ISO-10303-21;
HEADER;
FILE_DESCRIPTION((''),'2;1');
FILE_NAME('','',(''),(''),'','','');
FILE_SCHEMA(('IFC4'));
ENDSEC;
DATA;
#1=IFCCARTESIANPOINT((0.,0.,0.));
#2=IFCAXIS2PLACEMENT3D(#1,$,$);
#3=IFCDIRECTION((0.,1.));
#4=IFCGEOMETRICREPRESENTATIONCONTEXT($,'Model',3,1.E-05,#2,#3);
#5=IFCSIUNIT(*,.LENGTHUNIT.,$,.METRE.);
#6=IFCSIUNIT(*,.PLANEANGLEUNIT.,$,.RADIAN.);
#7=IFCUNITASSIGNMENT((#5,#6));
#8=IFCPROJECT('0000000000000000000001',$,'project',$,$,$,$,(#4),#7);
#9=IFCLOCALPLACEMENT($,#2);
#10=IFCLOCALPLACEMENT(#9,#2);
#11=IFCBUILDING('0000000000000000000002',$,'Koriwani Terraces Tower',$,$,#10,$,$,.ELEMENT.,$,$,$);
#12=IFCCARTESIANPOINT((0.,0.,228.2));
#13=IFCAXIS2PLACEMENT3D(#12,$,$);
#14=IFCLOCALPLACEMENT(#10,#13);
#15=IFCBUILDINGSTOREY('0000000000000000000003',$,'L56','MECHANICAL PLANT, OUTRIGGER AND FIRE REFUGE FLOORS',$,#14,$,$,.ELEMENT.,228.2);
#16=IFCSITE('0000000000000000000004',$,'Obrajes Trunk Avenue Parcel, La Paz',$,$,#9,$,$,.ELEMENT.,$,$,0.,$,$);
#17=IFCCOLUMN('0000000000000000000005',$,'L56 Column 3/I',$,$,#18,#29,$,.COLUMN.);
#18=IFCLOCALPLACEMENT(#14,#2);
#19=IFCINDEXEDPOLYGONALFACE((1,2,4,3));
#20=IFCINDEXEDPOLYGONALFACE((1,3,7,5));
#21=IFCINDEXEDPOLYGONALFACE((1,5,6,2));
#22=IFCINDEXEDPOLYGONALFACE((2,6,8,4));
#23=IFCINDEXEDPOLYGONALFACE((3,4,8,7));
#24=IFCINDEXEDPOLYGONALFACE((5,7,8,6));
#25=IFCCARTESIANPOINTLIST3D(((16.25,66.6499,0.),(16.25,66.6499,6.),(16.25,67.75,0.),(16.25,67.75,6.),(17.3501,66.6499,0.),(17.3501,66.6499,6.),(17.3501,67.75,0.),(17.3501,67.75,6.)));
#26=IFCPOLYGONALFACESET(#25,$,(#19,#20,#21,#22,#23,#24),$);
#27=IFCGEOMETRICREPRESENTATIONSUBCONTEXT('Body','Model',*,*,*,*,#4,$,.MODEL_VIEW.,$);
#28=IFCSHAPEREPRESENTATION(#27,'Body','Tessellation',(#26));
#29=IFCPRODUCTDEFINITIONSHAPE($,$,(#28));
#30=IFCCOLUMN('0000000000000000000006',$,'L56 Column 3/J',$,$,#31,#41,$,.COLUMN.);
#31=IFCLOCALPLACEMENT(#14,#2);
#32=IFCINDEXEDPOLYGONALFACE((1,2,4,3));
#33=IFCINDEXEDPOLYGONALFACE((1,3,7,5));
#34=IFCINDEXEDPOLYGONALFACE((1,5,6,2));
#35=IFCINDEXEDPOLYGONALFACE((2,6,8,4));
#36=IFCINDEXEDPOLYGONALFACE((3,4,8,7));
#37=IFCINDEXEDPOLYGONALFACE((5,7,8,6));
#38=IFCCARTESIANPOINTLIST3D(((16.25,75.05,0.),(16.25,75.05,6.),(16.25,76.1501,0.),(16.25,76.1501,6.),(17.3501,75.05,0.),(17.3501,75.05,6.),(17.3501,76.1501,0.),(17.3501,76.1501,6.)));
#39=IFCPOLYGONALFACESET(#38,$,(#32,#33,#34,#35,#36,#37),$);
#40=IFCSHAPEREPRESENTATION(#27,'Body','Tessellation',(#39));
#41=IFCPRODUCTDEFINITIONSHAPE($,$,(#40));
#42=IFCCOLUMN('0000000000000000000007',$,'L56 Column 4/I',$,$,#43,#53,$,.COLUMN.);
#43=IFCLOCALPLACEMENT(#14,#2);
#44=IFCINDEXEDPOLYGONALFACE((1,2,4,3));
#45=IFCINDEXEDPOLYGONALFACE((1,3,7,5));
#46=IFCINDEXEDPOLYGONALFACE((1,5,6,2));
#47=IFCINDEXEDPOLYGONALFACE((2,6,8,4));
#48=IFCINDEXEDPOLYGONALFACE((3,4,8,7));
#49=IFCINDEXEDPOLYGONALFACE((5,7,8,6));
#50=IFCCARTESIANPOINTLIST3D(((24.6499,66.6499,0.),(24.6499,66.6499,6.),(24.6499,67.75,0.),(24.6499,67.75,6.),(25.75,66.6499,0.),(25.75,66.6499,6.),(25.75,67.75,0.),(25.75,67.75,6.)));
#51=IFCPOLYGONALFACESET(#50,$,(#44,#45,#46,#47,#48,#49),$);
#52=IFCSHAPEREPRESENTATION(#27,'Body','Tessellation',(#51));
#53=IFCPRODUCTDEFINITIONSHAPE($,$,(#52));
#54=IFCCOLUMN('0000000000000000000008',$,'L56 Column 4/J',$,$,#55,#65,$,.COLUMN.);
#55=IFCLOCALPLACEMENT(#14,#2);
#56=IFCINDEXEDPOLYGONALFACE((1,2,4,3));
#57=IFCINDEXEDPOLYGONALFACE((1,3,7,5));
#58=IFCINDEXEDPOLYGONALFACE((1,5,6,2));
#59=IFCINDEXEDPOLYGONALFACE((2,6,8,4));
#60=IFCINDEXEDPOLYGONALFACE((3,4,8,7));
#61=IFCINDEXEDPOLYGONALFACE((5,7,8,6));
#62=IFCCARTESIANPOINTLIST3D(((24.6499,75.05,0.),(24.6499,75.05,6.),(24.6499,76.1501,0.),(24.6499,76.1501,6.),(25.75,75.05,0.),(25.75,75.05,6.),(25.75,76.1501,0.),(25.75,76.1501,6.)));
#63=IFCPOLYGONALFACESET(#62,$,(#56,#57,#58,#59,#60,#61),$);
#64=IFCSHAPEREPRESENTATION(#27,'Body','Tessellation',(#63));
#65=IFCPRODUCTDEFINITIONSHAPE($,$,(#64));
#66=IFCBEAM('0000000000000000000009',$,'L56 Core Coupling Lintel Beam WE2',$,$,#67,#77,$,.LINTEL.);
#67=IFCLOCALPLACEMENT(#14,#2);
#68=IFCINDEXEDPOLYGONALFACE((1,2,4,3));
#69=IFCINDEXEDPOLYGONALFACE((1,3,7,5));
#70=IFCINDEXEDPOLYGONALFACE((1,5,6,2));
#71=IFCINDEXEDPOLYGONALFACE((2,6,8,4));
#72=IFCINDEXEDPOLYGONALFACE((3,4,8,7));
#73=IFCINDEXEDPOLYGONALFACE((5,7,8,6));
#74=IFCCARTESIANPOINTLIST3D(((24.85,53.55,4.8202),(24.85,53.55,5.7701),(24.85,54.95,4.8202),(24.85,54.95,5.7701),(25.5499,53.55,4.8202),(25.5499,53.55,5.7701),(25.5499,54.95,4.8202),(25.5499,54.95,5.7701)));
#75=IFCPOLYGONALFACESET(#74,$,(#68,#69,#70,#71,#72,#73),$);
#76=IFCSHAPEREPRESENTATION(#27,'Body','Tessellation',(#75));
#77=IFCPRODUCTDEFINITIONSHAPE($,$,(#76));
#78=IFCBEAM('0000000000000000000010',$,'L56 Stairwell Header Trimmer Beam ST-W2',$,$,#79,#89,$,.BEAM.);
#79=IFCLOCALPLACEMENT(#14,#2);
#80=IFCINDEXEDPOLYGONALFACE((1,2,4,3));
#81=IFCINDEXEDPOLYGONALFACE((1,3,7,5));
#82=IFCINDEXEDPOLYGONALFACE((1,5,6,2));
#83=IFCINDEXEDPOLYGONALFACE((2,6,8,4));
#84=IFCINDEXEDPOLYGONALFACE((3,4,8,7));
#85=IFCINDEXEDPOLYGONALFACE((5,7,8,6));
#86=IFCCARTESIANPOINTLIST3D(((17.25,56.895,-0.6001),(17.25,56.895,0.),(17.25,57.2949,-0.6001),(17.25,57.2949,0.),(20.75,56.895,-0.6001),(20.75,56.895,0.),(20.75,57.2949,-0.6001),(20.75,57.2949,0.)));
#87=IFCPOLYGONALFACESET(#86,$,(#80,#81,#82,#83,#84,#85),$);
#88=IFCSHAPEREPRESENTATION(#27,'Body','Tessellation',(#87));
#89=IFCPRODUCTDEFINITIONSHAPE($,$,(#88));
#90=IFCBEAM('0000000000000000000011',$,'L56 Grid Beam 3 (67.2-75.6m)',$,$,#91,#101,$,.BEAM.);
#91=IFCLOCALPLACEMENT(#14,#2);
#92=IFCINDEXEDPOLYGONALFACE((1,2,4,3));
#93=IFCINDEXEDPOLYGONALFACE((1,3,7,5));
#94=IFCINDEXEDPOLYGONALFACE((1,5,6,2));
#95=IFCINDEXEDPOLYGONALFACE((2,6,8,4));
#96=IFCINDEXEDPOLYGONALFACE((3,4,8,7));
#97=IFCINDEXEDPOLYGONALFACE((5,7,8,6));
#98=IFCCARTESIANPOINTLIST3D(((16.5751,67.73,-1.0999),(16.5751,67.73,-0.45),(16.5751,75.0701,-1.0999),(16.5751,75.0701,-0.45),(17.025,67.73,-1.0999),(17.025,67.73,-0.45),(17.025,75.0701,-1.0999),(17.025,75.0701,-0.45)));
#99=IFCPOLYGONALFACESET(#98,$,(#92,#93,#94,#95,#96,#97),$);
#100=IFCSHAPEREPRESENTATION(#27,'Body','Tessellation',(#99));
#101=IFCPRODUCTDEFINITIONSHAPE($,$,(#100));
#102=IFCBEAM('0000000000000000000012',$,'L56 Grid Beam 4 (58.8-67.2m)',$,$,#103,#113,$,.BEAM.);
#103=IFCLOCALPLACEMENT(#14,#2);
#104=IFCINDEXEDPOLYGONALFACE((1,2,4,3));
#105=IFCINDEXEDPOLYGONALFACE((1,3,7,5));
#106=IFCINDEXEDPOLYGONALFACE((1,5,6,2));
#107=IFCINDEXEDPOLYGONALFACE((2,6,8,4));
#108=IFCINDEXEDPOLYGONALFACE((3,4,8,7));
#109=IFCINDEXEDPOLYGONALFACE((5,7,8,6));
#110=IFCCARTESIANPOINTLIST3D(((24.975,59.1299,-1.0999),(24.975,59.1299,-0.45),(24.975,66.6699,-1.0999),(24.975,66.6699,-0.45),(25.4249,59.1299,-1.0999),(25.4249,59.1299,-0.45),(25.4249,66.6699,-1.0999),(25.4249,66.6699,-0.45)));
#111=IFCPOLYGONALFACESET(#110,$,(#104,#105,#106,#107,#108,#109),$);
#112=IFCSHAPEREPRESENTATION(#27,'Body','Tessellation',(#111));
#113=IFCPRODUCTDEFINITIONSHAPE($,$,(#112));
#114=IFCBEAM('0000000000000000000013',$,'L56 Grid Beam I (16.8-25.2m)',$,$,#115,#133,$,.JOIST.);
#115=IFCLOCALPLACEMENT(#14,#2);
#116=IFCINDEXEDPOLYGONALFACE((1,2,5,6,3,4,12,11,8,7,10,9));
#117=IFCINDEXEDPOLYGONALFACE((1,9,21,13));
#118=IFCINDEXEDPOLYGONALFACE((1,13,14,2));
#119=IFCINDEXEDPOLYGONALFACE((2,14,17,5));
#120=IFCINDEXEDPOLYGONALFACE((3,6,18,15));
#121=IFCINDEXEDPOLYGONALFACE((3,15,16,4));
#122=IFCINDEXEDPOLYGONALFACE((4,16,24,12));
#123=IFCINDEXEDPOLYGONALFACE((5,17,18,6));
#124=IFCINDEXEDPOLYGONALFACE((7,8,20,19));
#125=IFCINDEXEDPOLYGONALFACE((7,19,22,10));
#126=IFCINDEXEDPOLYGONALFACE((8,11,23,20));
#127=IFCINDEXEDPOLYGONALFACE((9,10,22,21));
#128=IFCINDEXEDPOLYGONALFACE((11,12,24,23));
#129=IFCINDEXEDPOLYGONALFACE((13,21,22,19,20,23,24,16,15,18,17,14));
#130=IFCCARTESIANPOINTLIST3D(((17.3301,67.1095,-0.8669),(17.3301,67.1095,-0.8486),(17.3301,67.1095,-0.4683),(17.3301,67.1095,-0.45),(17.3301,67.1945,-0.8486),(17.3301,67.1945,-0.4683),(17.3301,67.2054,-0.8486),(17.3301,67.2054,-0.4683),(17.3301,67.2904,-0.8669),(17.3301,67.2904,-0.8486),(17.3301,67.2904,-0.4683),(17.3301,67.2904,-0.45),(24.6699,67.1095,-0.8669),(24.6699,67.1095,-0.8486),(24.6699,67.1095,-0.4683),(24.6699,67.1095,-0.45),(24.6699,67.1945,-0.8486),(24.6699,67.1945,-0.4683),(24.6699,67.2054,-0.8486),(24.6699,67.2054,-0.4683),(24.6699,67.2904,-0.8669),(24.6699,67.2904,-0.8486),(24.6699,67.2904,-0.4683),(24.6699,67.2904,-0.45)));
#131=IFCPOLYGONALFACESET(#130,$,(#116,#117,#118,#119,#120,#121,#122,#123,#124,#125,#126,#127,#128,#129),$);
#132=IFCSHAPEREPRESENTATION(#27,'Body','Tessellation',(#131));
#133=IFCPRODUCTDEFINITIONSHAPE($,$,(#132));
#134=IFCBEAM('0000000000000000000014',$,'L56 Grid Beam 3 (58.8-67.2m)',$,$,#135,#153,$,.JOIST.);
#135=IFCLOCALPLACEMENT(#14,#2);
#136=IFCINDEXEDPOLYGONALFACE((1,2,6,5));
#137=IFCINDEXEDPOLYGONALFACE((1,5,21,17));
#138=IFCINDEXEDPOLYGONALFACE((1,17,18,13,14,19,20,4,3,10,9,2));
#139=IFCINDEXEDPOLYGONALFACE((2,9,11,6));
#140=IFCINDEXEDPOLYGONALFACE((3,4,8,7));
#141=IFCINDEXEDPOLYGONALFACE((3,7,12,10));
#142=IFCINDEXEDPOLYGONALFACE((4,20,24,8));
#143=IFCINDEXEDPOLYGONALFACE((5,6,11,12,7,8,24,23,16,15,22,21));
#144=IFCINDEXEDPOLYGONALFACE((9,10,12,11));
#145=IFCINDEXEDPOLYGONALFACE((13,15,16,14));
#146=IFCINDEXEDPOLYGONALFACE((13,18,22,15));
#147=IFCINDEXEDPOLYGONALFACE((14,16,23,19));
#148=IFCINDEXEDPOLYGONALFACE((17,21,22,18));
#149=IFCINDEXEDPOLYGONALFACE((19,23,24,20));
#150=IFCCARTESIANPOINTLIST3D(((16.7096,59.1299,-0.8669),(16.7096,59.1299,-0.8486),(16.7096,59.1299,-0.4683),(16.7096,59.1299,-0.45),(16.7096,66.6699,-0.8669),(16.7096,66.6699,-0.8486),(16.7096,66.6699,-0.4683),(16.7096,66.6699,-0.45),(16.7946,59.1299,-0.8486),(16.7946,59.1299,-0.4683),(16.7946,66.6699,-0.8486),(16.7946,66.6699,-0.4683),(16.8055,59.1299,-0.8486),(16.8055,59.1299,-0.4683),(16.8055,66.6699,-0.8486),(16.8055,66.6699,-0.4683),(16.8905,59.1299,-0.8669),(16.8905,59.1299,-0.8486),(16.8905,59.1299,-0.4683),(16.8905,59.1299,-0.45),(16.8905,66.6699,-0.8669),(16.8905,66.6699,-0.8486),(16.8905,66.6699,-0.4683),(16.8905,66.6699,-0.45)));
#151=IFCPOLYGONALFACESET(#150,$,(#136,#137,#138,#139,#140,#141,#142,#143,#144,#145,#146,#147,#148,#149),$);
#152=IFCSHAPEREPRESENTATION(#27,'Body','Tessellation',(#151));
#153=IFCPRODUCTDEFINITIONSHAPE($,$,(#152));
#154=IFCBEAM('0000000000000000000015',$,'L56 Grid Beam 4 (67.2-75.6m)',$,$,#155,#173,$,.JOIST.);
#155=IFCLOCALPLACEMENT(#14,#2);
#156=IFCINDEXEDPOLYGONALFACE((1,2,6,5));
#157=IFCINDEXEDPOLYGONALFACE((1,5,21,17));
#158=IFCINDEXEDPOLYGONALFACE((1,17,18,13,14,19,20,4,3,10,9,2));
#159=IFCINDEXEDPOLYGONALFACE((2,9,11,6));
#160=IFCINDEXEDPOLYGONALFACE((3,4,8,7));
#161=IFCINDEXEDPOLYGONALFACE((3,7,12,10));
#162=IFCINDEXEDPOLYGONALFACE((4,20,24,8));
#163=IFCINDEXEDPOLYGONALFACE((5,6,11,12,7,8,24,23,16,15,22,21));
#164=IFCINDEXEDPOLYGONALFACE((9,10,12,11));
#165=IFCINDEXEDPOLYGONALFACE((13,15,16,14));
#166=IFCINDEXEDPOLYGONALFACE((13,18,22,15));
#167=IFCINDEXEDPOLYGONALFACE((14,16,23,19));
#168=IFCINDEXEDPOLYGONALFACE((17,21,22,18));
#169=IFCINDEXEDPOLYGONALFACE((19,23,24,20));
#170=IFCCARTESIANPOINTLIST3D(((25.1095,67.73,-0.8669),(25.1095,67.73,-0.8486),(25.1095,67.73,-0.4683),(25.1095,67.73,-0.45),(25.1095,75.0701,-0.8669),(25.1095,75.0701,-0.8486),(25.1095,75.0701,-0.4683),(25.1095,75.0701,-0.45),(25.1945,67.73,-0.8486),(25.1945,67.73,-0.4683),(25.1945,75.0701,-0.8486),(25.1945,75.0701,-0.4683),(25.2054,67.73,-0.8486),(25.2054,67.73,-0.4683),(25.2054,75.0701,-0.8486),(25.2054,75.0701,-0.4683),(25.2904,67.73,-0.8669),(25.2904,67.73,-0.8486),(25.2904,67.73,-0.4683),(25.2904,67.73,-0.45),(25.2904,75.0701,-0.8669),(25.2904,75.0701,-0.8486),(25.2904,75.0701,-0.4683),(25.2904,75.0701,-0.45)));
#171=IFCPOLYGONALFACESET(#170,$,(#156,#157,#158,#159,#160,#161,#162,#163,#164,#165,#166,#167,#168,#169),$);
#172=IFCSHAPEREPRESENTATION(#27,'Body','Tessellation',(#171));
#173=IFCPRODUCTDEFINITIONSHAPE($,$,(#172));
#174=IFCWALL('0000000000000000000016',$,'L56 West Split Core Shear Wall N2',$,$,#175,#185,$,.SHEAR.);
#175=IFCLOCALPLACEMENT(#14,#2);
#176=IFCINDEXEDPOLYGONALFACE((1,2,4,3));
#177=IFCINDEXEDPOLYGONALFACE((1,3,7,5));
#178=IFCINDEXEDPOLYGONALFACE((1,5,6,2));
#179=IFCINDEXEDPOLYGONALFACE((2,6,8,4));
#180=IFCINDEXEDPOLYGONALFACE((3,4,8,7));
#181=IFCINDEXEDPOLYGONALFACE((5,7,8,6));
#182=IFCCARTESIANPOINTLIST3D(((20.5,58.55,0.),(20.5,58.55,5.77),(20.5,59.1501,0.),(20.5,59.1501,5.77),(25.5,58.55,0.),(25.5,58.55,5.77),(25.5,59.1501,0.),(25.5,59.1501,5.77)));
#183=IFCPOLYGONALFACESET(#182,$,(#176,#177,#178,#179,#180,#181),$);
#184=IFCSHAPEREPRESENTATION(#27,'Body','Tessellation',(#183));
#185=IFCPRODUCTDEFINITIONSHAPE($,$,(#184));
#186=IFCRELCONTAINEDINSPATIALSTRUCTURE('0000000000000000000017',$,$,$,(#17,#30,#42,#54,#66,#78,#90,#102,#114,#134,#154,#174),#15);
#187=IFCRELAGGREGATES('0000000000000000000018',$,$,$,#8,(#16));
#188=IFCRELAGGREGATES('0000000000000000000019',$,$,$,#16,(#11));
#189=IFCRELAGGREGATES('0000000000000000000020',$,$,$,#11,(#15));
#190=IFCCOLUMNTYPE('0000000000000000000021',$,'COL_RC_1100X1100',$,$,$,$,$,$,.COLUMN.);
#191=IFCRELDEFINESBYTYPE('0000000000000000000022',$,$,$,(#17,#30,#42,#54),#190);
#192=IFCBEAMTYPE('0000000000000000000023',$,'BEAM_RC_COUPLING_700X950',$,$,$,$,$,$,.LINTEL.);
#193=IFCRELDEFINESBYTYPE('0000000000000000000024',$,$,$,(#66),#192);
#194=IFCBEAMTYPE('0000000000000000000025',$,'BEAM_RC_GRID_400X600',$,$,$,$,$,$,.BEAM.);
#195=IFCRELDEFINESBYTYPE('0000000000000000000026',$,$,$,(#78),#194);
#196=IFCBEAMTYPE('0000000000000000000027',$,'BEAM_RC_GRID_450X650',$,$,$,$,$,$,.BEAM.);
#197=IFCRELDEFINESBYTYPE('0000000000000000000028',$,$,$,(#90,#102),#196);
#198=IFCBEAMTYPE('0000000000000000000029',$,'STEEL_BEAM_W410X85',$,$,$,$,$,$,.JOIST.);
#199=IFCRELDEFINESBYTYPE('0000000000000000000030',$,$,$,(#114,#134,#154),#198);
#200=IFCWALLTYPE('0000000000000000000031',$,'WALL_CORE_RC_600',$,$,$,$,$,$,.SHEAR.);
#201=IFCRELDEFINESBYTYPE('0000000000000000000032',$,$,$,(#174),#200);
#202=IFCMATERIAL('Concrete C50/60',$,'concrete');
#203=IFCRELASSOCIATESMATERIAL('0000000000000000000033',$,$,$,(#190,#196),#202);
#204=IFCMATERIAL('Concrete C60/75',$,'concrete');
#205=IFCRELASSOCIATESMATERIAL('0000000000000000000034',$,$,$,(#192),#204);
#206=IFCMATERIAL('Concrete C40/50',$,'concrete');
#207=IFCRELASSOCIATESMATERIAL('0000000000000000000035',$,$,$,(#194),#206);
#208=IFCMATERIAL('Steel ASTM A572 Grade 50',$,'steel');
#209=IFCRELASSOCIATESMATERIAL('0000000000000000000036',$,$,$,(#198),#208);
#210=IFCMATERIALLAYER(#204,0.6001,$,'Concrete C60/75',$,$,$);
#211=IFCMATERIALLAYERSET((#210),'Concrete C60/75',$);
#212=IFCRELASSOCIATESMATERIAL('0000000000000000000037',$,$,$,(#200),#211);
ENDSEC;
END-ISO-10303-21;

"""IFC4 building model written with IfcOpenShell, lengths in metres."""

from ifc_helpers import new_model, si_unit, direction, frame, frame_2d, origin, origin_2d, place, context, subcontext, project, spatial, rectangle, i_section, extrude, material, layer, layer_set, material_profile, profile_set, type_object, element, save


model = new_model("IFC4")

# Units and contexts
model_context = context("Model", 3, precision=1e-05, world=origin(), true_north=direction((0.0, 1.0)))
body_context = subcontext(model_context, "Body", "Model", "MODEL_VIEW")
ifc_project = project(units=[si_unit("LENGTHUNIT", "METRE"), si_unit("PLANEANGLEUNIT", "RADIAN")], contexts=[model_context])

# Site, building, storey
site_placement = place(None, origin())
site = spatial("IfcSite", under=ifc_project, at=site_placement, Name="Obrajes Trunk Avenue Parcel, La Paz", CompositionType="ELEMENT", RefElevation=0.0)
building_placement = place(site_placement, origin())
building = spatial("IfcBuilding", under=site, at=building_placement, Name="Koriwani Terraces Tower", CompositionType="ELEMENT")
storey_placement = place(building_placement, frame((0.0, 0.0, 228.2)))
storey = spatial("IfcBuildingStorey", under=building, at=storey_placement, Name="L56", Description="MECHANICAL PLANT, OUTRIGGER AND FIRE REFUGE FLOORS", CompositionType="ELEMENT", Elevation=228.2)

# Columns
ifc_material_1 = material(Name="Concrete C50/60", Category="concrete")
ifc_material_profile_1 = material_profile(ifc_material_1, rectangle(XDim=1.1001, YDim=1.1001, at=origin_2d()), Name="Concrete C50/60", Category="LoadBearing")
ifc_profile_set_1 = profile_set([ifc_material_profile_1], Name="Concrete C50/60")
column_type = type_object("IfcColumnType", Name="COL_RC_1100X1100", PredefinedType="COLUMN", material=ifc_profile_set_1)
for number, where, z_axis, x_axis, name in (
    (1, (16.8, 67.2, 0.0), (0.0, 0.0, 1.0), (1.0, 0.0, 0.0), "L56 Column 3/I"),
    (2, (16.8, 75.6001, 0.0), (0.0, 0.0, 1.0), (1.0, 0.0, 0.0), "L56 Column 3/J"),
    (3, (25.2, 67.2, 0.0), (0.0, 0.0, 1.0), (1.0, 0.0, 0.0), "L56 Column 4/I"),
    (4, (25.2, 75.6001, 0.0), (0.0, 0.0, 1.0), (1.0, 0.0, 0.0), "L56 Column 4/J"),
):
    element("IfcColumn", number, at=place(storey_placement, frame(where, z_axis=z_axis, x_axis=x_axis)), inside=storey, type_object=column_type, Name=name, PredefinedType="COLUMN", context=body_context, shape_type="SweptSolid", body=[
        extrude(rectangle(XDim=1.1001, YDim=1.1001, at=origin_2d()), origin(), (0.0, 0.0, 1.0), 6.0),
    ])

# Beams
ifc_material_2 = material(Name="Concrete C60/75", Category="concrete")
ifc_material_profile_2 = material_profile(ifc_material_2, rectangle(XDim=0.7, YDim=0.95, at=origin_2d()), Name="Concrete C60/75", Category="LoadBearing")
ifc_profile_set_2 = profile_set([ifc_material_profile_2], Name="Concrete C60/75")
beam_type_1 = type_object("IfcBeamType", Name="BEAM_RC_COUPLING_700X950", PredefinedType="LINTEL", material=ifc_profile_set_2)
beam_1_placement = place(storey_placement, frame((25.2, 53.55, 5.2952), z_axis=(0.0, 1.0, 0.0), x_axis=(-1.0, 0.0, 0.0)))
element("IfcBeam", 5, at=beam_1_placement, inside=storey, type_object=beam_type_1, Name="L56 Core Coupling Lintel Beam WE2", PredefinedType="LINTEL", context=body_context, shape_type="SweptSolid", body=[
    extrude(rectangle(XDim=0.7, YDim=0.95, at=origin_2d()), origin(), (0.0, 0.0, 1.0), 1.3999),
])
ifc_material_3 = material(Name="Concrete C40/50", Category="concrete")
ifc_material_profile_3 = material_profile(ifc_material_3, rectangle(XDim=0.3999, YDim=0.6001, at=origin_2d()), Name="Concrete C40/50", Category="LoadBearing")
ifc_profile_set_3 = profile_set([ifc_material_profile_3], Name="Concrete C40/50")
beam_type_2 = type_object("IfcBeamType", Name="BEAM_RC_GRID_400X600", PredefinedType="BEAM", material=ifc_profile_set_3)
beam_2_placement = place(storey_placement, frame((17.25, 57.095, -0.3), z_axis=(1.0, 0.0, 0.0), x_axis=(0.0, 1.0, 0.0)))
element("IfcBeam", 6, at=beam_2_placement, inside=storey, type_object=beam_type_2, Name="L56 Stairwell Header Trimmer Beam ST-W2", PredefinedType="BEAM", context=body_context, shape_type="SweptSolid", body=[
    extrude(rectangle(XDim=0.3999, YDim=0.6001, at=origin_2d()), origin(), (0.0, 0.0, 1.0), 3.5),
])
ifc_material_profile_4 = material_profile(ifc_material_1, rectangle(XDim=0.45, YDim=0.6499, at=origin_2d()), Name="Concrete C50/60", Category="LoadBearing")
ifc_profile_set_4 = profile_set([ifc_material_profile_4], Name="Concrete C50/60")
beam_type_3 = type_object("IfcBeamType", Name="BEAM_RC_GRID_450X650", PredefinedType="BEAM", material=ifc_profile_set_4)
beam_3_placement = place(storey_placement, frame((16.8, 67.73, -0.7749), z_axis=(0.0, 1.0, 0.0), x_axis=(-1.0, 0.0, 0.0)))
element("IfcBeam", 7, at=beam_3_placement, inside=storey, type_object=beam_type_3, Name="L56 Grid Beam 3 (67.2-75.6m)", PredefinedType="BEAM", context=body_context, shape_type="SweptSolid", body=[
    extrude(rectangle(XDim=0.45, YDim=0.6499, at=origin_2d()), origin(), (0.0, 0.0, 1.0), 7.3401),
])
beam_4_placement = place(storey_placement, frame((25.2, 59.1299, -0.7749), z_axis=(0.0, 1.0, 0.0), x_axis=(-1.0, 0.0, 0.0)))
element("IfcBeam", 8, at=beam_4_placement, inside=storey, type_object=beam_type_3, Name="L56 Grid Beam 4 (58.8-67.2m)", PredefinedType="BEAM", context=body_context, shape_type="SweptSolid", body=[
    extrude(rectangle(XDim=0.45, YDim=0.6499, at=origin_2d()), origin(), (0.0, 0.0, 1.0), 7.54),
])
ifc_material_4 = material(Name="Steel ASTM A572 Grade 50", Category="steel")
ifc_material_profile_5 = material_profile(ifc_material_4, i_section(OverallWidth=0.1809, OverallDepth=0.417, WebThickness=0.011, FlangeThickness=0.0183, at=origin_2d()), Name="Steel ASTM A572 Grade 50", Category="LoadBearing")
ifc_profile_set_5 = profile_set([ifc_material_profile_5], Name="Steel ASTM A572 Grade 50")
beam_type_4 = type_object("IfcBeamType", Name="STEEL_BEAM_W410X85", PredefinedType="JOIST", material=ifc_profile_set_5)
beam_5_placement = place(storey_placement, frame((17.3301, 67.2, -0.6584), z_axis=(1.0, 0.0, 0.0), x_axis=(0.0, 1.0, 0.0)))
element("IfcBeam", 9, at=beam_5_placement, inside=storey, type_object=beam_type_4, Name="L56 Grid Beam I (16.8-25.2m)", PredefinedType="JOIST", context=body_context, shape_type="SweptSolid", body=[
    extrude(i_section(OverallWidth=0.1809, OverallDepth=0.417, WebThickness=0.011, FlangeThickness=0.0183, at=origin_2d()), origin(), (0.0, 0.0, 1.0), 7.3398),
])
beam_6_placement = place(storey_placement, frame((16.8, 59.1299, -0.6584), z_axis=(0.0, 1.0, 0.0), x_axis=(-1.0, 0.0, 0.0)))
element("IfcBeam", 10, at=beam_6_placement, inside=storey, type_object=beam_type_4, Name="L56 Grid Beam 3 (58.8-67.2m)", PredefinedType="JOIST", context=body_context, shape_type="SweptSolid", body=[
    extrude(i_section(OverallWidth=0.1809, OverallDepth=0.417, WebThickness=0.011, FlangeThickness=0.0183, at=origin_2d()), origin(), (0.0, 0.0, 1.0), 7.54),
])
beam_7_placement = place(storey_placement, frame((25.2, 67.73, -0.6584), z_axis=(0.0, 1.0, 0.0), x_axis=(-1.0, 0.0, 0.0)))
element("IfcBeam", 11, at=beam_7_placement, inside=storey, type_object=beam_type_4, Name="L56 Grid Beam 4 (67.2-75.6m)", PredefinedType="JOIST", context=body_context, shape_type="SweptSolid", body=[
    extrude(i_section(OverallWidth=0.1809, OverallDepth=0.417, WebThickness=0.011, FlangeThickness=0.0183, at=origin_2d()), origin(), (0.0, 0.0, 1.0), 7.3401),
])

# Wall
ifc_layer_1 = layer(ifc_material_2, 0.6001, Name="Concrete C60/75")
ifc_layer_set_1 = layer_set([ifc_layer_1], Name="Concrete C60/75")
wall_type_1 = type_object("IfcWallType", Name="WALL_CORE_RC_600", PredefinedType="SHEAR", material=ifc_layer_set_1)
wall_1_placement = place(storey_placement, frame((20.5, 58.8501, 0.0), z_axis=(0.0, 0.0, 1.0), x_axis=(1.0, 0.0, 0.0)))
element("IfcWall", 12, at=wall_1_placement, inside=storey, type_object=wall_type_1, Name="L56 West Split Core Shear Wall N2", PredefinedType="SHEAR", context=body_context, shape_type="SweptSolid", body=[
    extrude(rectangle(XDim=5.0, YDim=0.6001, at=frame_2d((2.5, 0.0))), origin(), (0.0, 0.0, 1.0), 5.77),
])

save(model, "model.ifc")
